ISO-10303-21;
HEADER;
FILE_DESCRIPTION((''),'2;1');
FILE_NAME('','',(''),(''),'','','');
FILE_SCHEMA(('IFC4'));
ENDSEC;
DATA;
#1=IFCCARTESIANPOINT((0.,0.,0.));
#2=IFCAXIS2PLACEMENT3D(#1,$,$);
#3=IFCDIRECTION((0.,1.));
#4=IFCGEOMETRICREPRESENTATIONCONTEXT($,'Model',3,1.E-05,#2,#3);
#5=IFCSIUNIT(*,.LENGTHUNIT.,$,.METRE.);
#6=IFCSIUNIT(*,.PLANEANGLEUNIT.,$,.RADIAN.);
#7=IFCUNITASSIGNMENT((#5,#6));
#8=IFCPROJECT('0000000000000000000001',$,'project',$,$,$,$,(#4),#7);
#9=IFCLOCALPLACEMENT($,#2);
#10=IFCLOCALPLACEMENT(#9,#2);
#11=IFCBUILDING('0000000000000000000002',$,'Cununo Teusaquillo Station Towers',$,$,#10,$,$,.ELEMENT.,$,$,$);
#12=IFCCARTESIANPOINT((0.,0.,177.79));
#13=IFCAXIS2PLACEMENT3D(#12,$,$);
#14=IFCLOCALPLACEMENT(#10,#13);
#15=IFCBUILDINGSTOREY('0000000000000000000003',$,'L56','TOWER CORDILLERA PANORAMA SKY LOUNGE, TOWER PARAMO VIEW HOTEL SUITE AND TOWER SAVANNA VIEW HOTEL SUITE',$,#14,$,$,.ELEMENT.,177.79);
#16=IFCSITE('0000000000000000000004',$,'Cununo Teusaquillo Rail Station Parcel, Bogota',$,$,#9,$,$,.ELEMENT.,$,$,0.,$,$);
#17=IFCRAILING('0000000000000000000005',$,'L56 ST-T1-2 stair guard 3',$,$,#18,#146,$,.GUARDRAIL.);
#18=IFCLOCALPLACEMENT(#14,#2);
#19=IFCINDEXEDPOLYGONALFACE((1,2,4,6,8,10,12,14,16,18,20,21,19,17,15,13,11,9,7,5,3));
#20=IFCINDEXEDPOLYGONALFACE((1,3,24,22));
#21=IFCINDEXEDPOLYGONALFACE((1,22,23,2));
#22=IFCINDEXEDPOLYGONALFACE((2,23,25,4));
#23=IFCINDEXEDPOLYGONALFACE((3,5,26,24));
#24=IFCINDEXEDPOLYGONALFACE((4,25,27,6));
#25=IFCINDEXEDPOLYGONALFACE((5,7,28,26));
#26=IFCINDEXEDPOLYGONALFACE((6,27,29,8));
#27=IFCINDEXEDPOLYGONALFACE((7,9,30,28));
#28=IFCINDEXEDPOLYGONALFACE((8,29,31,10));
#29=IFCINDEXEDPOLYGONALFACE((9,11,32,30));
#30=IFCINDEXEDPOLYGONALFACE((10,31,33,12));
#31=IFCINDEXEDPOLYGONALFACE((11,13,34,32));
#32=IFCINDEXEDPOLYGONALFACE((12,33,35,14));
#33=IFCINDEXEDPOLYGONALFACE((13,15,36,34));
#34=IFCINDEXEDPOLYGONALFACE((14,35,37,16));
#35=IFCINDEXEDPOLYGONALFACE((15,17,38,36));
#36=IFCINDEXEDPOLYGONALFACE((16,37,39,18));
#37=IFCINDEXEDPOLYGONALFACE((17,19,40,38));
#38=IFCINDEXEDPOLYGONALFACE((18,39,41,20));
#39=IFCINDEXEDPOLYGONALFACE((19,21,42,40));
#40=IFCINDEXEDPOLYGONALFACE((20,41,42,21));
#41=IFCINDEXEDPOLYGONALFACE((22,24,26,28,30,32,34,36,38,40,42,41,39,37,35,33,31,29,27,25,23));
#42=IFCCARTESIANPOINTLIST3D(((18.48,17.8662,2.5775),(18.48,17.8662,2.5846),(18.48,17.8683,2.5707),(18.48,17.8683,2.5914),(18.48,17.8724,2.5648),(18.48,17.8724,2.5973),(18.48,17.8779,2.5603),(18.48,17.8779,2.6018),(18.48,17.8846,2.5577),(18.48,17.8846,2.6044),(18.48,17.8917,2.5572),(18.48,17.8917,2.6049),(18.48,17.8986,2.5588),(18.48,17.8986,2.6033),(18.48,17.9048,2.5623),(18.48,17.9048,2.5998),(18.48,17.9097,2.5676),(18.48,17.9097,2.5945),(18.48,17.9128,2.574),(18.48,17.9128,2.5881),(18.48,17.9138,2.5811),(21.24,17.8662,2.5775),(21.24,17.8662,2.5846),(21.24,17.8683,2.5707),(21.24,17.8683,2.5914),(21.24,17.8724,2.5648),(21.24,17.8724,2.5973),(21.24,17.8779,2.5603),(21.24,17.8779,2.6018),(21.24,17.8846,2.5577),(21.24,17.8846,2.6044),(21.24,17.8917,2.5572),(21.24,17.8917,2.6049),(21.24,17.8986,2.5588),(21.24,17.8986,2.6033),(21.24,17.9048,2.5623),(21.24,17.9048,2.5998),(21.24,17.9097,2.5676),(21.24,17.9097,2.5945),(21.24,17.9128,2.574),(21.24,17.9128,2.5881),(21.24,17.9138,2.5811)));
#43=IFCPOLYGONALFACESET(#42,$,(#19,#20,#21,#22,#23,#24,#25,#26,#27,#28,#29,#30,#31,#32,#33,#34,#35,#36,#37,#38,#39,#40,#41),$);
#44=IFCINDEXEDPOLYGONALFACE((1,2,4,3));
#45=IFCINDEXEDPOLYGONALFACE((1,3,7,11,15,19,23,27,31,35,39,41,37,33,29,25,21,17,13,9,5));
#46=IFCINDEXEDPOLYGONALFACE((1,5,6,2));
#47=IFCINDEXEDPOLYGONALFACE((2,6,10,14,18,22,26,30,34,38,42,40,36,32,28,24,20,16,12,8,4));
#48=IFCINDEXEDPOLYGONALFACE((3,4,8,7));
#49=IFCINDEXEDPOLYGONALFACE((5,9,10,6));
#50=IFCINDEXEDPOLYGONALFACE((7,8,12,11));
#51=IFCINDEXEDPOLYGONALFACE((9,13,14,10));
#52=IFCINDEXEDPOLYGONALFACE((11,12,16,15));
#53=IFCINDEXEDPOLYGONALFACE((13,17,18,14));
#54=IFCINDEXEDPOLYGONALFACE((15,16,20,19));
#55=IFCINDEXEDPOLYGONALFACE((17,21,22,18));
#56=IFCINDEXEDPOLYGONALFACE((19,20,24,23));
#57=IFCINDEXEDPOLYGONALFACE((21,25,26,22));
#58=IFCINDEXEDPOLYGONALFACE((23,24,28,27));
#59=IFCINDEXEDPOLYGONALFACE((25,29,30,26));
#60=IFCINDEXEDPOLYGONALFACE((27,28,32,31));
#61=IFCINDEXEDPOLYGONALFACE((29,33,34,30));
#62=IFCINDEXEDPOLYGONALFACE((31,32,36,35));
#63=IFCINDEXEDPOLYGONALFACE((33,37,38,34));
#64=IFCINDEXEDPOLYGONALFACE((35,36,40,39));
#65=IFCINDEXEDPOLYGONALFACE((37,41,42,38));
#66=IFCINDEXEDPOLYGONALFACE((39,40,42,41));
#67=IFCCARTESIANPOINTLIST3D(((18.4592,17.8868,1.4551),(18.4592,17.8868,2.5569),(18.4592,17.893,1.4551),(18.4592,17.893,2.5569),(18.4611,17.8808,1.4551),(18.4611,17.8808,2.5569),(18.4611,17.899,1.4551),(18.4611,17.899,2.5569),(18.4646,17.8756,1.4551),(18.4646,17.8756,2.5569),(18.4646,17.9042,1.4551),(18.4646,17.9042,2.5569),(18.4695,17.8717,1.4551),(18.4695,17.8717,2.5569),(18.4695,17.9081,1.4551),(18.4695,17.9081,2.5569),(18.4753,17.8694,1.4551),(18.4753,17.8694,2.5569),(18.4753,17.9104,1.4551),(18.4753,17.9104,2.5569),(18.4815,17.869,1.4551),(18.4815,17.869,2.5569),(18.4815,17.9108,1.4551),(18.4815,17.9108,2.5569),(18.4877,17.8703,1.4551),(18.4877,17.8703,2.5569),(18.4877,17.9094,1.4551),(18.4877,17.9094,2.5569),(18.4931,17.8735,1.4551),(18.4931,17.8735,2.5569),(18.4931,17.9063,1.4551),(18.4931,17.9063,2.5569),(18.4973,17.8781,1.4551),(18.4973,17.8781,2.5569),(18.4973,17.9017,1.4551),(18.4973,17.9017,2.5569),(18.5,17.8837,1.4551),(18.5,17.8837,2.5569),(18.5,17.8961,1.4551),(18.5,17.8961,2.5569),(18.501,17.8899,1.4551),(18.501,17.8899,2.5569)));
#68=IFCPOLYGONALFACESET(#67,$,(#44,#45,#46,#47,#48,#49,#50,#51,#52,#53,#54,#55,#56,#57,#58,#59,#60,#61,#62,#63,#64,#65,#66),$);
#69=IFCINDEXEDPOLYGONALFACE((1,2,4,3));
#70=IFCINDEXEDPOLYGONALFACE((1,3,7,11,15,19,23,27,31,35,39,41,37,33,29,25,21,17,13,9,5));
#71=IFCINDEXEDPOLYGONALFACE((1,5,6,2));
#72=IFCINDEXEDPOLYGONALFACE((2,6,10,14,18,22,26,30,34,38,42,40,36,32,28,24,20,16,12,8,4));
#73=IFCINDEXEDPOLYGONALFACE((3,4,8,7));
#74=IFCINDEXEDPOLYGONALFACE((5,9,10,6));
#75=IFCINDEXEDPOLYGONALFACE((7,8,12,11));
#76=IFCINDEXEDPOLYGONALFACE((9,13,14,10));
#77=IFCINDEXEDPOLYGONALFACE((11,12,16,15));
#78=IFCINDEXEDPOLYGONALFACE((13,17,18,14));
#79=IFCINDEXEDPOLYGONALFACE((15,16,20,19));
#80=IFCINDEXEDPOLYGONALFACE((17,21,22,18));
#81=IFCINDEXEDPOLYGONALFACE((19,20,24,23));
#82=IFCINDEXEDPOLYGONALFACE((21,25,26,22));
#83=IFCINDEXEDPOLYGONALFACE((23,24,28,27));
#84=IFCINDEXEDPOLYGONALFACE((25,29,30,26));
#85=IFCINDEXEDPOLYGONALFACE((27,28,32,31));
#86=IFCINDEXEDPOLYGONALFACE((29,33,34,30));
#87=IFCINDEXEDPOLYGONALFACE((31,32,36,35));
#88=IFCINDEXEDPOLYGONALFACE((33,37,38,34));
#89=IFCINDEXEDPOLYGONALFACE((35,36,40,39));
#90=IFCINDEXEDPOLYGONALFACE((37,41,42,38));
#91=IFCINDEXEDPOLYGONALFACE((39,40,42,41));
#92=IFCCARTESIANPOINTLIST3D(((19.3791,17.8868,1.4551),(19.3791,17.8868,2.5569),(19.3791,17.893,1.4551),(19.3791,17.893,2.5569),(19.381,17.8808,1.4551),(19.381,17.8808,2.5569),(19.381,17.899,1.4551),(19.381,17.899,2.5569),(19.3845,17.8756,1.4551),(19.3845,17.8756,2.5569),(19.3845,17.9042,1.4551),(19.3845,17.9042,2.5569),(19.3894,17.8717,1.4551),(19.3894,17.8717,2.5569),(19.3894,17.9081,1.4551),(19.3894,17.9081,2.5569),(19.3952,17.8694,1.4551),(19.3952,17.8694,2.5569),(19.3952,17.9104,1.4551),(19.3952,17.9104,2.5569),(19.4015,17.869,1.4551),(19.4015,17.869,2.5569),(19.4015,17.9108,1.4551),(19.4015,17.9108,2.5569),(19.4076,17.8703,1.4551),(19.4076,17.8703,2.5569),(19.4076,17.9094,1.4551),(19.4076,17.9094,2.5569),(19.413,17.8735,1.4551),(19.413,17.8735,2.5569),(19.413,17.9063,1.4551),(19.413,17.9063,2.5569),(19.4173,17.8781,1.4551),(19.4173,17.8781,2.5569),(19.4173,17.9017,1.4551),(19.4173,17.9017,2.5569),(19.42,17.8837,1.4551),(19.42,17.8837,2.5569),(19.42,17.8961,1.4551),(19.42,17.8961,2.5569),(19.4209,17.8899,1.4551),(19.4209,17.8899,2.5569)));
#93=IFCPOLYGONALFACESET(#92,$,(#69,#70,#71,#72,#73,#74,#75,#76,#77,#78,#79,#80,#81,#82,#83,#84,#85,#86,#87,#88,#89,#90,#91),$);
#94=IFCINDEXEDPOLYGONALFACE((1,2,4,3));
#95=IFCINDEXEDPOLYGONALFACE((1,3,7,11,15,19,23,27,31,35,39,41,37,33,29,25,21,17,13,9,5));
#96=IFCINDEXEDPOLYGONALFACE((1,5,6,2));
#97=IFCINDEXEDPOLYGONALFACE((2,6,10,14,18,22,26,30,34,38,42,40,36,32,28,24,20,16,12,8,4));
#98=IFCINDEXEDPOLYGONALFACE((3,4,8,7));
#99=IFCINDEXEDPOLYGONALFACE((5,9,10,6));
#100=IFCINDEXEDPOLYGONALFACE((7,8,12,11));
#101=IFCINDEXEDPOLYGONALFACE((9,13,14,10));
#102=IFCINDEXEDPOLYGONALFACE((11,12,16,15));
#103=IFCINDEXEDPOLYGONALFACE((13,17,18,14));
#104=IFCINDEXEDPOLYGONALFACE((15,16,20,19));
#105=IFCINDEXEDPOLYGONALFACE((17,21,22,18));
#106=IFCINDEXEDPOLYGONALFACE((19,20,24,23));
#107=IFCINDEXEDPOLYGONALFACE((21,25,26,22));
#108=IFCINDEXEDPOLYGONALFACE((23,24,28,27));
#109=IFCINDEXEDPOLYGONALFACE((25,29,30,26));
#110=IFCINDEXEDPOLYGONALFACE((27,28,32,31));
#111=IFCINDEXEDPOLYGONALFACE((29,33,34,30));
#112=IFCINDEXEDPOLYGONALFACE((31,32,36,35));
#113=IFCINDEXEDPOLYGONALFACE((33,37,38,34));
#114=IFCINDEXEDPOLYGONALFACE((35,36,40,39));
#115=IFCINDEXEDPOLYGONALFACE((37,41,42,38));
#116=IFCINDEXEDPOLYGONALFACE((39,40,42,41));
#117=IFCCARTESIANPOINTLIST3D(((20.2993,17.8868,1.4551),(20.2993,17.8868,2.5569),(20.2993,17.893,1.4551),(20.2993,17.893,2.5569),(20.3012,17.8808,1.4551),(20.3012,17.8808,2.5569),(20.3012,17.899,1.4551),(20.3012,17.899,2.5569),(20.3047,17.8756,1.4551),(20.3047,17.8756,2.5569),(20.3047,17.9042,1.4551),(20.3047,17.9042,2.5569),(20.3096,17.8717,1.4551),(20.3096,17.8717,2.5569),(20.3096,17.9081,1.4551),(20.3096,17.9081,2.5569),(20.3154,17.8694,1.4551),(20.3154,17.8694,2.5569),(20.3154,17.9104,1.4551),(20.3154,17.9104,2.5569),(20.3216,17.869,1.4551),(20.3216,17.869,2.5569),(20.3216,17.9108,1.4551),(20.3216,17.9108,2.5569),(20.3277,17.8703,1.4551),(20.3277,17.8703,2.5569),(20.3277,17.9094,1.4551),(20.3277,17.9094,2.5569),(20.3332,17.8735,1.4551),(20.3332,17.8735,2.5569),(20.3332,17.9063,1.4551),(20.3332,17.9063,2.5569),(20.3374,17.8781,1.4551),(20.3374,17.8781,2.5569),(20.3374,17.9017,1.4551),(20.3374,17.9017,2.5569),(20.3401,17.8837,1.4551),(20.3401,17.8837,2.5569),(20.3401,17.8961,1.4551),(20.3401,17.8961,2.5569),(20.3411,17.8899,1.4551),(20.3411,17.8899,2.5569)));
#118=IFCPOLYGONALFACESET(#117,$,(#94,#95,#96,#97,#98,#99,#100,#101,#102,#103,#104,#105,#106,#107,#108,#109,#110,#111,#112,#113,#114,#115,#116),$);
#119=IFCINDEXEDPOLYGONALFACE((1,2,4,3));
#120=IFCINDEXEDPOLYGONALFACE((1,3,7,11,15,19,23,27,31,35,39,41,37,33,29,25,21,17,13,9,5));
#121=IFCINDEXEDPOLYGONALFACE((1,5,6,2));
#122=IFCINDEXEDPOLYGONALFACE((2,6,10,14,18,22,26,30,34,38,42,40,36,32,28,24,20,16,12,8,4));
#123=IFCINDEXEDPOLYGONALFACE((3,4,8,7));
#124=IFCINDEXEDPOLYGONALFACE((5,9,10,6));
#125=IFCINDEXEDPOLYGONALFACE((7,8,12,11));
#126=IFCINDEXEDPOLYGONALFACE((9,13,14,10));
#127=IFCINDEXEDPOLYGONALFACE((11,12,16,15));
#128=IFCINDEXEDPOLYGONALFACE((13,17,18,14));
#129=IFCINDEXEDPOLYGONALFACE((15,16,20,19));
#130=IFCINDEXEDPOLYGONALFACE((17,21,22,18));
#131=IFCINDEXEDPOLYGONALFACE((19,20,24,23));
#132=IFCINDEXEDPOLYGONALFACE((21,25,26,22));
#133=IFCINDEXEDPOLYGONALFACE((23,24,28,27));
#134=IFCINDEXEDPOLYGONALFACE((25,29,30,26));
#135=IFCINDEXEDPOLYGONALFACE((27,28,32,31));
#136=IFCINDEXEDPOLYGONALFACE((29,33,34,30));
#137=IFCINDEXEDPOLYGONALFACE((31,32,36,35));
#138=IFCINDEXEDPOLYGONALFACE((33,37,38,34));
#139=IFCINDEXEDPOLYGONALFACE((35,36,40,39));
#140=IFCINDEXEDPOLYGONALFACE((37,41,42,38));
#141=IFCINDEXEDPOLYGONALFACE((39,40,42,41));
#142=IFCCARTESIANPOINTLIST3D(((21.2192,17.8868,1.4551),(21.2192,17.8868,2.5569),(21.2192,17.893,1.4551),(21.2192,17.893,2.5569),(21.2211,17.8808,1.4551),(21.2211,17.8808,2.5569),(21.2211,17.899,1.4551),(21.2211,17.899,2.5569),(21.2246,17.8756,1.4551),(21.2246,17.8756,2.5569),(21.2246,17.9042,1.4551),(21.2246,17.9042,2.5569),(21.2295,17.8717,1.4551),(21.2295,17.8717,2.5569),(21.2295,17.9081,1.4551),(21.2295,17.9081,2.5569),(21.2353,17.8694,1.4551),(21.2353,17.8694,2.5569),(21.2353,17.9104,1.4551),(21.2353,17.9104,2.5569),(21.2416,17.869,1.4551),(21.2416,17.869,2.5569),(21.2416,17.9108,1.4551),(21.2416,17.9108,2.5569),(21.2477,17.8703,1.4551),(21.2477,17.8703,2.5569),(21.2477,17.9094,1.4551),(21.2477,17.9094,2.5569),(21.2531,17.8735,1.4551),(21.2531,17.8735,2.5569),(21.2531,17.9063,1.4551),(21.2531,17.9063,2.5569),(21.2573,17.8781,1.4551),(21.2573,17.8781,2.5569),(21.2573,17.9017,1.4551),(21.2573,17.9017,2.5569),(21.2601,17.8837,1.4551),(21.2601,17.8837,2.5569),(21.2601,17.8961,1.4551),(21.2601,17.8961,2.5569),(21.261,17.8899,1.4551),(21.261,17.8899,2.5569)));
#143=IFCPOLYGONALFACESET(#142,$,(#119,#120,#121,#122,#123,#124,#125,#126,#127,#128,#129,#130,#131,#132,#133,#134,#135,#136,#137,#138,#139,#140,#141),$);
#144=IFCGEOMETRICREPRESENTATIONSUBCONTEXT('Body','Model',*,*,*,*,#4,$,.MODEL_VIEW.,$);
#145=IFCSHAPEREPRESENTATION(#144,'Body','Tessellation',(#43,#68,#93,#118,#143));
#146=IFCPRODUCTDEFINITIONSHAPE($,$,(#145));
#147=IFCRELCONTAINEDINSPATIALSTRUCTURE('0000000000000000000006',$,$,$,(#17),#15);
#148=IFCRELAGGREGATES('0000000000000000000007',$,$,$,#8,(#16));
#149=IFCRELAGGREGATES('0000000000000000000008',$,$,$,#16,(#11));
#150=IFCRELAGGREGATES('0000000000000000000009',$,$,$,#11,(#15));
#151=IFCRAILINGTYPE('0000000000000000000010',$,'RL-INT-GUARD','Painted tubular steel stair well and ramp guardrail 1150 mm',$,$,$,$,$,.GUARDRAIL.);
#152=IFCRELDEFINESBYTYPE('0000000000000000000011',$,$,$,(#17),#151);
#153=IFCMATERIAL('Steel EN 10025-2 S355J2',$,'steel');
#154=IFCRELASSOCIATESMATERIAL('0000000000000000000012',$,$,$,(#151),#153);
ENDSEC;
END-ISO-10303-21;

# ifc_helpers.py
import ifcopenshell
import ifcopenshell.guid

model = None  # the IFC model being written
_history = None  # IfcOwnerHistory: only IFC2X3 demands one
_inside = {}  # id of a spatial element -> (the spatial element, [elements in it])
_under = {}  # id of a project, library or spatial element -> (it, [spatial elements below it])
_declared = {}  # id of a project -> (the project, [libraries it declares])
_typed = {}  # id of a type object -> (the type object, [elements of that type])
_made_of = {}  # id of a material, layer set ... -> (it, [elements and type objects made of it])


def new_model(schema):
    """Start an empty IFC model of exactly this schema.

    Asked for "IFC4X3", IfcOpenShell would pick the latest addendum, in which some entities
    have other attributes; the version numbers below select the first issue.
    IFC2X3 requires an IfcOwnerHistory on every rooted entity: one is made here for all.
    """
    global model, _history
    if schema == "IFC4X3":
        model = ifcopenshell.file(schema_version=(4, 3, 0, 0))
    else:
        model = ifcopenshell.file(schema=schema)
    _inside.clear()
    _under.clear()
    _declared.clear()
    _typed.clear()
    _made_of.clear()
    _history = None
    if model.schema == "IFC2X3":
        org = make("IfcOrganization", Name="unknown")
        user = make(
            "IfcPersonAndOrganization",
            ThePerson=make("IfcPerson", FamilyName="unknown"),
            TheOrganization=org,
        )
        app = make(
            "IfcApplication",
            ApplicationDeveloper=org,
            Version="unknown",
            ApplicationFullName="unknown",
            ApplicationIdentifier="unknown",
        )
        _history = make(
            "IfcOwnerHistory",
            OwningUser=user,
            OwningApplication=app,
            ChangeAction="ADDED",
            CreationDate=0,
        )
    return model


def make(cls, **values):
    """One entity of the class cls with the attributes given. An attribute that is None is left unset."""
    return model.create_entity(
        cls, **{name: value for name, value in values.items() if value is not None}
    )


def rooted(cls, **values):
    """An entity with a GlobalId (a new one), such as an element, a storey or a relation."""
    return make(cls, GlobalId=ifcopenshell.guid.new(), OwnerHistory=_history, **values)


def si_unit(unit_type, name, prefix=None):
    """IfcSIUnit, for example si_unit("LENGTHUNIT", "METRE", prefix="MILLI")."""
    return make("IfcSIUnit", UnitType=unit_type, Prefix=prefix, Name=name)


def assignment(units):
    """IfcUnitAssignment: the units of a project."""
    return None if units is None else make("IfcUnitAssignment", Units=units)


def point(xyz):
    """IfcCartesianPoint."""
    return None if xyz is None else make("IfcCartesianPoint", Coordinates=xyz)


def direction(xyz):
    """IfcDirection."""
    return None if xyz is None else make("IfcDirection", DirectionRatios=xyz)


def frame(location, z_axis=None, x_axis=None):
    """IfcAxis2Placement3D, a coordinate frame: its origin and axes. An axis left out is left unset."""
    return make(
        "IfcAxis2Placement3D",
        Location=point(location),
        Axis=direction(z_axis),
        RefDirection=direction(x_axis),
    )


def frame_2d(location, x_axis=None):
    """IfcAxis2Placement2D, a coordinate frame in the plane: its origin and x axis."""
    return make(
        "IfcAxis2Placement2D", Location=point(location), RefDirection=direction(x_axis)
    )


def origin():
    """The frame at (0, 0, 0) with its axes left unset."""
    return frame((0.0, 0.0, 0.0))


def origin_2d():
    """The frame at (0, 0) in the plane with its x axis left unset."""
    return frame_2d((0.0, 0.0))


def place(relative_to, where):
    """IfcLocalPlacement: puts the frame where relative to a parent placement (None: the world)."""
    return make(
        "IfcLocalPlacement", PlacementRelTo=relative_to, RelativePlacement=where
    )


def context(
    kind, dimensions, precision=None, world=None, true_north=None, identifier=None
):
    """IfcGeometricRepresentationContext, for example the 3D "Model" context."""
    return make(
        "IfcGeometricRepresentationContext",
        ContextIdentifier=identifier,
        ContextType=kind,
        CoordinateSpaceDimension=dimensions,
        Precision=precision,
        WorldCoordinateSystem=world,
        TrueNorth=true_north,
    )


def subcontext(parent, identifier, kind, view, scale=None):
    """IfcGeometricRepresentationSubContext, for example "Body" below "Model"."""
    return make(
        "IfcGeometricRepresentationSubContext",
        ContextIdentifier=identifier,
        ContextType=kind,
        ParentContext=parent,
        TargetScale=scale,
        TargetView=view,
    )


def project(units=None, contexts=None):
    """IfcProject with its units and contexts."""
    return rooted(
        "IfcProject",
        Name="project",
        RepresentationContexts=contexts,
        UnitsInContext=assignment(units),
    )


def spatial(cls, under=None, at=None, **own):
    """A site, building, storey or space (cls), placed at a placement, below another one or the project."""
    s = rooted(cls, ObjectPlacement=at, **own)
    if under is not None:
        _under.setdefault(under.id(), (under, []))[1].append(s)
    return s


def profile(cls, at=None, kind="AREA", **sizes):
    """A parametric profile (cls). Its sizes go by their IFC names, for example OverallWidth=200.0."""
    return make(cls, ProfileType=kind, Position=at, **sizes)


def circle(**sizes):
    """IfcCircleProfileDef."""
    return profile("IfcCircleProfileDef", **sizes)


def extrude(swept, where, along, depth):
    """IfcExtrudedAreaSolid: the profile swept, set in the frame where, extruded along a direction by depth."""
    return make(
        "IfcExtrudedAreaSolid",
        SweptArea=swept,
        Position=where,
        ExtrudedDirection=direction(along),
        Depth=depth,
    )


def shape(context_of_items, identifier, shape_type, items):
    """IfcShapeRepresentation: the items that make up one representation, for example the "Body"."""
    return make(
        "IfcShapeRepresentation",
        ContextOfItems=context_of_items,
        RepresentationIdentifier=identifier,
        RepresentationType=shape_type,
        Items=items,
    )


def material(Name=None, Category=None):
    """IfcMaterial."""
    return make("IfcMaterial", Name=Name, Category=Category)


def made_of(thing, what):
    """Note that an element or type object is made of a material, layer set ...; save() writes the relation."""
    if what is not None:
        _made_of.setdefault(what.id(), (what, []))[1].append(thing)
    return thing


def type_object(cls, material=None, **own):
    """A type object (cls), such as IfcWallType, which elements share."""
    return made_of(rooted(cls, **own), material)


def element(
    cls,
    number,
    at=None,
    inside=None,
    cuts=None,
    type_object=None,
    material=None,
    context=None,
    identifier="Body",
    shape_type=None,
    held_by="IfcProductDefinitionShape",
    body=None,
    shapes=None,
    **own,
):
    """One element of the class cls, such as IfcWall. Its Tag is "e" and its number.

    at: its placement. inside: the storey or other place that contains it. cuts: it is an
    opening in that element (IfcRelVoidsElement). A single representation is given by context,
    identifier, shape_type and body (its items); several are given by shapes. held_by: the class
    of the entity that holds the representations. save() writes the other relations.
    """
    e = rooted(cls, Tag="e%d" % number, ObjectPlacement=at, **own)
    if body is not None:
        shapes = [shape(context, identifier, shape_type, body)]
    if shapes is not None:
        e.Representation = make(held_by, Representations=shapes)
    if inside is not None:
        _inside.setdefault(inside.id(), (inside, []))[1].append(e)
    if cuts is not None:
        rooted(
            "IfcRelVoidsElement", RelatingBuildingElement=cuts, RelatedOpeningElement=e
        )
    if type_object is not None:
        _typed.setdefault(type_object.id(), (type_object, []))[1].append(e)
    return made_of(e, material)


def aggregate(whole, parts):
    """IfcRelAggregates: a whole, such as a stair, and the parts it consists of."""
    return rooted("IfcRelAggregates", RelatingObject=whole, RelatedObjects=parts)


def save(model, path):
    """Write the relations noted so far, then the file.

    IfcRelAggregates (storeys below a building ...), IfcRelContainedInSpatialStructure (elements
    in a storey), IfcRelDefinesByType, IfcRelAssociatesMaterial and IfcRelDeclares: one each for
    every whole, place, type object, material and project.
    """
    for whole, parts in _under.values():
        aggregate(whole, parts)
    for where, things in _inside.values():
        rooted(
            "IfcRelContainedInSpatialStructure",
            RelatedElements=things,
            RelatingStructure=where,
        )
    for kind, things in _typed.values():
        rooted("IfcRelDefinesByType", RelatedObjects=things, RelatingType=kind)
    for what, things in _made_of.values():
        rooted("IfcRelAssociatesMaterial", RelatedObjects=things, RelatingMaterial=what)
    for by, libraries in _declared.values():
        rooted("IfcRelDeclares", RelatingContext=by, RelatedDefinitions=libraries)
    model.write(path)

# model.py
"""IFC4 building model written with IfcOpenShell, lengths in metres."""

from ifc_helpers import new_model, si_unit, direction, frame, origin, origin_2d, place, context, subcontext, project, spatial, circle, extrude, material, type_object, element, save


model = new_model("IFC4")

# Units and contexts
model_context = context("Model", 3, precision=1e-05, world=origin(), true_north=direction((0.0, 1.0)))
body_context = subcontext(model_context, "Body", "Model", "MODEL_VIEW")
ifc_project = project(units=[si_unit("LENGTHUNIT", "METRE"), si_unit("PLANEANGLEUNIT", "RADIAN")], contexts=[model_context])

# Site, building, storey
site_placement = place(None, origin())
site = spatial("IfcSite", under=ifc_project, at=site_placement, Name="Cununo Teusaquillo Rail Station Parcel, Bogota", CompositionType="ELEMENT", RefElevation=0.0)
building_placement = place(site_placement, origin())
building = spatial("IfcBuilding", under=site, at=building_placement, Name="Cununo Teusaquillo Station Towers", CompositionType="ELEMENT")
storey_placement = place(building_placement, frame((0.0, 0.0, 177.79)))
storey = spatial("IfcBuildingStorey", under=building, at=storey_placement, Name="L56", Description="TOWER CORDILLERA PANORAMA SKY LOUNGE, TOWER PARAMO VIEW HOTEL SUITE AND TOWER SAVANNA VIEW HOTEL SUITE", CompositionType="ELEMENT", Elevation=177.79)

# Railing
ifc_material_1 = material(Name="Steel EN 10025-2 S355J2", Category="steel")
railing_type_1 = type_object("IfcRailingType", Name="RL-INT-GUARD", Description="Painted tubular steel stair well and ramp guardrail 1150 mm", PredefinedType="GUARDRAIL", material=ifc_material_1)
railing_1_placement = place(storey_placement, frame((18.48, 17.8899, 1.4551)))
element("IfcRailing", 1, at=railing_1_placement, inside=storey, type_object=railing_type_1, Name="L56 ST-T1-2 stair guard 3", PredefinedType="GUARDRAIL", context=body_context, shape_type="SweptSolid", body=[
    extrude(circle(Radius=0.0239, at=origin_2d()), frame((0.0, 0.0, 1.126), z_axis=(1.0, 0.0, 0.0), x_axis=(0.0, 1.0, 0.0)), (0.0, 0.0, 1.0), 2.76),
    extrude(circle(Radius=0.021, at=origin_2d()), origin(), (0.0, 0.0, 1.0), 1.1018),
    extrude(circle(Radius=0.021, at=origin_2d()), frame((0.9199, 0.0, 0.0)), (0.0, 0.0, 1.0), 1.1018),
    extrude(circle(Radius=0.021, at=origin_2d()), frame((1.8401, 0.0, 0.0)), (0.0, 0.0, 1.0), 1.1018),
    extrude(circle(Radius=0.021, at=origin_2d()), frame((2.76, 0.0, 0.0)), (0.0, 0.0, 1.0), 1.1018),
])

save(model, "model.ifc")
